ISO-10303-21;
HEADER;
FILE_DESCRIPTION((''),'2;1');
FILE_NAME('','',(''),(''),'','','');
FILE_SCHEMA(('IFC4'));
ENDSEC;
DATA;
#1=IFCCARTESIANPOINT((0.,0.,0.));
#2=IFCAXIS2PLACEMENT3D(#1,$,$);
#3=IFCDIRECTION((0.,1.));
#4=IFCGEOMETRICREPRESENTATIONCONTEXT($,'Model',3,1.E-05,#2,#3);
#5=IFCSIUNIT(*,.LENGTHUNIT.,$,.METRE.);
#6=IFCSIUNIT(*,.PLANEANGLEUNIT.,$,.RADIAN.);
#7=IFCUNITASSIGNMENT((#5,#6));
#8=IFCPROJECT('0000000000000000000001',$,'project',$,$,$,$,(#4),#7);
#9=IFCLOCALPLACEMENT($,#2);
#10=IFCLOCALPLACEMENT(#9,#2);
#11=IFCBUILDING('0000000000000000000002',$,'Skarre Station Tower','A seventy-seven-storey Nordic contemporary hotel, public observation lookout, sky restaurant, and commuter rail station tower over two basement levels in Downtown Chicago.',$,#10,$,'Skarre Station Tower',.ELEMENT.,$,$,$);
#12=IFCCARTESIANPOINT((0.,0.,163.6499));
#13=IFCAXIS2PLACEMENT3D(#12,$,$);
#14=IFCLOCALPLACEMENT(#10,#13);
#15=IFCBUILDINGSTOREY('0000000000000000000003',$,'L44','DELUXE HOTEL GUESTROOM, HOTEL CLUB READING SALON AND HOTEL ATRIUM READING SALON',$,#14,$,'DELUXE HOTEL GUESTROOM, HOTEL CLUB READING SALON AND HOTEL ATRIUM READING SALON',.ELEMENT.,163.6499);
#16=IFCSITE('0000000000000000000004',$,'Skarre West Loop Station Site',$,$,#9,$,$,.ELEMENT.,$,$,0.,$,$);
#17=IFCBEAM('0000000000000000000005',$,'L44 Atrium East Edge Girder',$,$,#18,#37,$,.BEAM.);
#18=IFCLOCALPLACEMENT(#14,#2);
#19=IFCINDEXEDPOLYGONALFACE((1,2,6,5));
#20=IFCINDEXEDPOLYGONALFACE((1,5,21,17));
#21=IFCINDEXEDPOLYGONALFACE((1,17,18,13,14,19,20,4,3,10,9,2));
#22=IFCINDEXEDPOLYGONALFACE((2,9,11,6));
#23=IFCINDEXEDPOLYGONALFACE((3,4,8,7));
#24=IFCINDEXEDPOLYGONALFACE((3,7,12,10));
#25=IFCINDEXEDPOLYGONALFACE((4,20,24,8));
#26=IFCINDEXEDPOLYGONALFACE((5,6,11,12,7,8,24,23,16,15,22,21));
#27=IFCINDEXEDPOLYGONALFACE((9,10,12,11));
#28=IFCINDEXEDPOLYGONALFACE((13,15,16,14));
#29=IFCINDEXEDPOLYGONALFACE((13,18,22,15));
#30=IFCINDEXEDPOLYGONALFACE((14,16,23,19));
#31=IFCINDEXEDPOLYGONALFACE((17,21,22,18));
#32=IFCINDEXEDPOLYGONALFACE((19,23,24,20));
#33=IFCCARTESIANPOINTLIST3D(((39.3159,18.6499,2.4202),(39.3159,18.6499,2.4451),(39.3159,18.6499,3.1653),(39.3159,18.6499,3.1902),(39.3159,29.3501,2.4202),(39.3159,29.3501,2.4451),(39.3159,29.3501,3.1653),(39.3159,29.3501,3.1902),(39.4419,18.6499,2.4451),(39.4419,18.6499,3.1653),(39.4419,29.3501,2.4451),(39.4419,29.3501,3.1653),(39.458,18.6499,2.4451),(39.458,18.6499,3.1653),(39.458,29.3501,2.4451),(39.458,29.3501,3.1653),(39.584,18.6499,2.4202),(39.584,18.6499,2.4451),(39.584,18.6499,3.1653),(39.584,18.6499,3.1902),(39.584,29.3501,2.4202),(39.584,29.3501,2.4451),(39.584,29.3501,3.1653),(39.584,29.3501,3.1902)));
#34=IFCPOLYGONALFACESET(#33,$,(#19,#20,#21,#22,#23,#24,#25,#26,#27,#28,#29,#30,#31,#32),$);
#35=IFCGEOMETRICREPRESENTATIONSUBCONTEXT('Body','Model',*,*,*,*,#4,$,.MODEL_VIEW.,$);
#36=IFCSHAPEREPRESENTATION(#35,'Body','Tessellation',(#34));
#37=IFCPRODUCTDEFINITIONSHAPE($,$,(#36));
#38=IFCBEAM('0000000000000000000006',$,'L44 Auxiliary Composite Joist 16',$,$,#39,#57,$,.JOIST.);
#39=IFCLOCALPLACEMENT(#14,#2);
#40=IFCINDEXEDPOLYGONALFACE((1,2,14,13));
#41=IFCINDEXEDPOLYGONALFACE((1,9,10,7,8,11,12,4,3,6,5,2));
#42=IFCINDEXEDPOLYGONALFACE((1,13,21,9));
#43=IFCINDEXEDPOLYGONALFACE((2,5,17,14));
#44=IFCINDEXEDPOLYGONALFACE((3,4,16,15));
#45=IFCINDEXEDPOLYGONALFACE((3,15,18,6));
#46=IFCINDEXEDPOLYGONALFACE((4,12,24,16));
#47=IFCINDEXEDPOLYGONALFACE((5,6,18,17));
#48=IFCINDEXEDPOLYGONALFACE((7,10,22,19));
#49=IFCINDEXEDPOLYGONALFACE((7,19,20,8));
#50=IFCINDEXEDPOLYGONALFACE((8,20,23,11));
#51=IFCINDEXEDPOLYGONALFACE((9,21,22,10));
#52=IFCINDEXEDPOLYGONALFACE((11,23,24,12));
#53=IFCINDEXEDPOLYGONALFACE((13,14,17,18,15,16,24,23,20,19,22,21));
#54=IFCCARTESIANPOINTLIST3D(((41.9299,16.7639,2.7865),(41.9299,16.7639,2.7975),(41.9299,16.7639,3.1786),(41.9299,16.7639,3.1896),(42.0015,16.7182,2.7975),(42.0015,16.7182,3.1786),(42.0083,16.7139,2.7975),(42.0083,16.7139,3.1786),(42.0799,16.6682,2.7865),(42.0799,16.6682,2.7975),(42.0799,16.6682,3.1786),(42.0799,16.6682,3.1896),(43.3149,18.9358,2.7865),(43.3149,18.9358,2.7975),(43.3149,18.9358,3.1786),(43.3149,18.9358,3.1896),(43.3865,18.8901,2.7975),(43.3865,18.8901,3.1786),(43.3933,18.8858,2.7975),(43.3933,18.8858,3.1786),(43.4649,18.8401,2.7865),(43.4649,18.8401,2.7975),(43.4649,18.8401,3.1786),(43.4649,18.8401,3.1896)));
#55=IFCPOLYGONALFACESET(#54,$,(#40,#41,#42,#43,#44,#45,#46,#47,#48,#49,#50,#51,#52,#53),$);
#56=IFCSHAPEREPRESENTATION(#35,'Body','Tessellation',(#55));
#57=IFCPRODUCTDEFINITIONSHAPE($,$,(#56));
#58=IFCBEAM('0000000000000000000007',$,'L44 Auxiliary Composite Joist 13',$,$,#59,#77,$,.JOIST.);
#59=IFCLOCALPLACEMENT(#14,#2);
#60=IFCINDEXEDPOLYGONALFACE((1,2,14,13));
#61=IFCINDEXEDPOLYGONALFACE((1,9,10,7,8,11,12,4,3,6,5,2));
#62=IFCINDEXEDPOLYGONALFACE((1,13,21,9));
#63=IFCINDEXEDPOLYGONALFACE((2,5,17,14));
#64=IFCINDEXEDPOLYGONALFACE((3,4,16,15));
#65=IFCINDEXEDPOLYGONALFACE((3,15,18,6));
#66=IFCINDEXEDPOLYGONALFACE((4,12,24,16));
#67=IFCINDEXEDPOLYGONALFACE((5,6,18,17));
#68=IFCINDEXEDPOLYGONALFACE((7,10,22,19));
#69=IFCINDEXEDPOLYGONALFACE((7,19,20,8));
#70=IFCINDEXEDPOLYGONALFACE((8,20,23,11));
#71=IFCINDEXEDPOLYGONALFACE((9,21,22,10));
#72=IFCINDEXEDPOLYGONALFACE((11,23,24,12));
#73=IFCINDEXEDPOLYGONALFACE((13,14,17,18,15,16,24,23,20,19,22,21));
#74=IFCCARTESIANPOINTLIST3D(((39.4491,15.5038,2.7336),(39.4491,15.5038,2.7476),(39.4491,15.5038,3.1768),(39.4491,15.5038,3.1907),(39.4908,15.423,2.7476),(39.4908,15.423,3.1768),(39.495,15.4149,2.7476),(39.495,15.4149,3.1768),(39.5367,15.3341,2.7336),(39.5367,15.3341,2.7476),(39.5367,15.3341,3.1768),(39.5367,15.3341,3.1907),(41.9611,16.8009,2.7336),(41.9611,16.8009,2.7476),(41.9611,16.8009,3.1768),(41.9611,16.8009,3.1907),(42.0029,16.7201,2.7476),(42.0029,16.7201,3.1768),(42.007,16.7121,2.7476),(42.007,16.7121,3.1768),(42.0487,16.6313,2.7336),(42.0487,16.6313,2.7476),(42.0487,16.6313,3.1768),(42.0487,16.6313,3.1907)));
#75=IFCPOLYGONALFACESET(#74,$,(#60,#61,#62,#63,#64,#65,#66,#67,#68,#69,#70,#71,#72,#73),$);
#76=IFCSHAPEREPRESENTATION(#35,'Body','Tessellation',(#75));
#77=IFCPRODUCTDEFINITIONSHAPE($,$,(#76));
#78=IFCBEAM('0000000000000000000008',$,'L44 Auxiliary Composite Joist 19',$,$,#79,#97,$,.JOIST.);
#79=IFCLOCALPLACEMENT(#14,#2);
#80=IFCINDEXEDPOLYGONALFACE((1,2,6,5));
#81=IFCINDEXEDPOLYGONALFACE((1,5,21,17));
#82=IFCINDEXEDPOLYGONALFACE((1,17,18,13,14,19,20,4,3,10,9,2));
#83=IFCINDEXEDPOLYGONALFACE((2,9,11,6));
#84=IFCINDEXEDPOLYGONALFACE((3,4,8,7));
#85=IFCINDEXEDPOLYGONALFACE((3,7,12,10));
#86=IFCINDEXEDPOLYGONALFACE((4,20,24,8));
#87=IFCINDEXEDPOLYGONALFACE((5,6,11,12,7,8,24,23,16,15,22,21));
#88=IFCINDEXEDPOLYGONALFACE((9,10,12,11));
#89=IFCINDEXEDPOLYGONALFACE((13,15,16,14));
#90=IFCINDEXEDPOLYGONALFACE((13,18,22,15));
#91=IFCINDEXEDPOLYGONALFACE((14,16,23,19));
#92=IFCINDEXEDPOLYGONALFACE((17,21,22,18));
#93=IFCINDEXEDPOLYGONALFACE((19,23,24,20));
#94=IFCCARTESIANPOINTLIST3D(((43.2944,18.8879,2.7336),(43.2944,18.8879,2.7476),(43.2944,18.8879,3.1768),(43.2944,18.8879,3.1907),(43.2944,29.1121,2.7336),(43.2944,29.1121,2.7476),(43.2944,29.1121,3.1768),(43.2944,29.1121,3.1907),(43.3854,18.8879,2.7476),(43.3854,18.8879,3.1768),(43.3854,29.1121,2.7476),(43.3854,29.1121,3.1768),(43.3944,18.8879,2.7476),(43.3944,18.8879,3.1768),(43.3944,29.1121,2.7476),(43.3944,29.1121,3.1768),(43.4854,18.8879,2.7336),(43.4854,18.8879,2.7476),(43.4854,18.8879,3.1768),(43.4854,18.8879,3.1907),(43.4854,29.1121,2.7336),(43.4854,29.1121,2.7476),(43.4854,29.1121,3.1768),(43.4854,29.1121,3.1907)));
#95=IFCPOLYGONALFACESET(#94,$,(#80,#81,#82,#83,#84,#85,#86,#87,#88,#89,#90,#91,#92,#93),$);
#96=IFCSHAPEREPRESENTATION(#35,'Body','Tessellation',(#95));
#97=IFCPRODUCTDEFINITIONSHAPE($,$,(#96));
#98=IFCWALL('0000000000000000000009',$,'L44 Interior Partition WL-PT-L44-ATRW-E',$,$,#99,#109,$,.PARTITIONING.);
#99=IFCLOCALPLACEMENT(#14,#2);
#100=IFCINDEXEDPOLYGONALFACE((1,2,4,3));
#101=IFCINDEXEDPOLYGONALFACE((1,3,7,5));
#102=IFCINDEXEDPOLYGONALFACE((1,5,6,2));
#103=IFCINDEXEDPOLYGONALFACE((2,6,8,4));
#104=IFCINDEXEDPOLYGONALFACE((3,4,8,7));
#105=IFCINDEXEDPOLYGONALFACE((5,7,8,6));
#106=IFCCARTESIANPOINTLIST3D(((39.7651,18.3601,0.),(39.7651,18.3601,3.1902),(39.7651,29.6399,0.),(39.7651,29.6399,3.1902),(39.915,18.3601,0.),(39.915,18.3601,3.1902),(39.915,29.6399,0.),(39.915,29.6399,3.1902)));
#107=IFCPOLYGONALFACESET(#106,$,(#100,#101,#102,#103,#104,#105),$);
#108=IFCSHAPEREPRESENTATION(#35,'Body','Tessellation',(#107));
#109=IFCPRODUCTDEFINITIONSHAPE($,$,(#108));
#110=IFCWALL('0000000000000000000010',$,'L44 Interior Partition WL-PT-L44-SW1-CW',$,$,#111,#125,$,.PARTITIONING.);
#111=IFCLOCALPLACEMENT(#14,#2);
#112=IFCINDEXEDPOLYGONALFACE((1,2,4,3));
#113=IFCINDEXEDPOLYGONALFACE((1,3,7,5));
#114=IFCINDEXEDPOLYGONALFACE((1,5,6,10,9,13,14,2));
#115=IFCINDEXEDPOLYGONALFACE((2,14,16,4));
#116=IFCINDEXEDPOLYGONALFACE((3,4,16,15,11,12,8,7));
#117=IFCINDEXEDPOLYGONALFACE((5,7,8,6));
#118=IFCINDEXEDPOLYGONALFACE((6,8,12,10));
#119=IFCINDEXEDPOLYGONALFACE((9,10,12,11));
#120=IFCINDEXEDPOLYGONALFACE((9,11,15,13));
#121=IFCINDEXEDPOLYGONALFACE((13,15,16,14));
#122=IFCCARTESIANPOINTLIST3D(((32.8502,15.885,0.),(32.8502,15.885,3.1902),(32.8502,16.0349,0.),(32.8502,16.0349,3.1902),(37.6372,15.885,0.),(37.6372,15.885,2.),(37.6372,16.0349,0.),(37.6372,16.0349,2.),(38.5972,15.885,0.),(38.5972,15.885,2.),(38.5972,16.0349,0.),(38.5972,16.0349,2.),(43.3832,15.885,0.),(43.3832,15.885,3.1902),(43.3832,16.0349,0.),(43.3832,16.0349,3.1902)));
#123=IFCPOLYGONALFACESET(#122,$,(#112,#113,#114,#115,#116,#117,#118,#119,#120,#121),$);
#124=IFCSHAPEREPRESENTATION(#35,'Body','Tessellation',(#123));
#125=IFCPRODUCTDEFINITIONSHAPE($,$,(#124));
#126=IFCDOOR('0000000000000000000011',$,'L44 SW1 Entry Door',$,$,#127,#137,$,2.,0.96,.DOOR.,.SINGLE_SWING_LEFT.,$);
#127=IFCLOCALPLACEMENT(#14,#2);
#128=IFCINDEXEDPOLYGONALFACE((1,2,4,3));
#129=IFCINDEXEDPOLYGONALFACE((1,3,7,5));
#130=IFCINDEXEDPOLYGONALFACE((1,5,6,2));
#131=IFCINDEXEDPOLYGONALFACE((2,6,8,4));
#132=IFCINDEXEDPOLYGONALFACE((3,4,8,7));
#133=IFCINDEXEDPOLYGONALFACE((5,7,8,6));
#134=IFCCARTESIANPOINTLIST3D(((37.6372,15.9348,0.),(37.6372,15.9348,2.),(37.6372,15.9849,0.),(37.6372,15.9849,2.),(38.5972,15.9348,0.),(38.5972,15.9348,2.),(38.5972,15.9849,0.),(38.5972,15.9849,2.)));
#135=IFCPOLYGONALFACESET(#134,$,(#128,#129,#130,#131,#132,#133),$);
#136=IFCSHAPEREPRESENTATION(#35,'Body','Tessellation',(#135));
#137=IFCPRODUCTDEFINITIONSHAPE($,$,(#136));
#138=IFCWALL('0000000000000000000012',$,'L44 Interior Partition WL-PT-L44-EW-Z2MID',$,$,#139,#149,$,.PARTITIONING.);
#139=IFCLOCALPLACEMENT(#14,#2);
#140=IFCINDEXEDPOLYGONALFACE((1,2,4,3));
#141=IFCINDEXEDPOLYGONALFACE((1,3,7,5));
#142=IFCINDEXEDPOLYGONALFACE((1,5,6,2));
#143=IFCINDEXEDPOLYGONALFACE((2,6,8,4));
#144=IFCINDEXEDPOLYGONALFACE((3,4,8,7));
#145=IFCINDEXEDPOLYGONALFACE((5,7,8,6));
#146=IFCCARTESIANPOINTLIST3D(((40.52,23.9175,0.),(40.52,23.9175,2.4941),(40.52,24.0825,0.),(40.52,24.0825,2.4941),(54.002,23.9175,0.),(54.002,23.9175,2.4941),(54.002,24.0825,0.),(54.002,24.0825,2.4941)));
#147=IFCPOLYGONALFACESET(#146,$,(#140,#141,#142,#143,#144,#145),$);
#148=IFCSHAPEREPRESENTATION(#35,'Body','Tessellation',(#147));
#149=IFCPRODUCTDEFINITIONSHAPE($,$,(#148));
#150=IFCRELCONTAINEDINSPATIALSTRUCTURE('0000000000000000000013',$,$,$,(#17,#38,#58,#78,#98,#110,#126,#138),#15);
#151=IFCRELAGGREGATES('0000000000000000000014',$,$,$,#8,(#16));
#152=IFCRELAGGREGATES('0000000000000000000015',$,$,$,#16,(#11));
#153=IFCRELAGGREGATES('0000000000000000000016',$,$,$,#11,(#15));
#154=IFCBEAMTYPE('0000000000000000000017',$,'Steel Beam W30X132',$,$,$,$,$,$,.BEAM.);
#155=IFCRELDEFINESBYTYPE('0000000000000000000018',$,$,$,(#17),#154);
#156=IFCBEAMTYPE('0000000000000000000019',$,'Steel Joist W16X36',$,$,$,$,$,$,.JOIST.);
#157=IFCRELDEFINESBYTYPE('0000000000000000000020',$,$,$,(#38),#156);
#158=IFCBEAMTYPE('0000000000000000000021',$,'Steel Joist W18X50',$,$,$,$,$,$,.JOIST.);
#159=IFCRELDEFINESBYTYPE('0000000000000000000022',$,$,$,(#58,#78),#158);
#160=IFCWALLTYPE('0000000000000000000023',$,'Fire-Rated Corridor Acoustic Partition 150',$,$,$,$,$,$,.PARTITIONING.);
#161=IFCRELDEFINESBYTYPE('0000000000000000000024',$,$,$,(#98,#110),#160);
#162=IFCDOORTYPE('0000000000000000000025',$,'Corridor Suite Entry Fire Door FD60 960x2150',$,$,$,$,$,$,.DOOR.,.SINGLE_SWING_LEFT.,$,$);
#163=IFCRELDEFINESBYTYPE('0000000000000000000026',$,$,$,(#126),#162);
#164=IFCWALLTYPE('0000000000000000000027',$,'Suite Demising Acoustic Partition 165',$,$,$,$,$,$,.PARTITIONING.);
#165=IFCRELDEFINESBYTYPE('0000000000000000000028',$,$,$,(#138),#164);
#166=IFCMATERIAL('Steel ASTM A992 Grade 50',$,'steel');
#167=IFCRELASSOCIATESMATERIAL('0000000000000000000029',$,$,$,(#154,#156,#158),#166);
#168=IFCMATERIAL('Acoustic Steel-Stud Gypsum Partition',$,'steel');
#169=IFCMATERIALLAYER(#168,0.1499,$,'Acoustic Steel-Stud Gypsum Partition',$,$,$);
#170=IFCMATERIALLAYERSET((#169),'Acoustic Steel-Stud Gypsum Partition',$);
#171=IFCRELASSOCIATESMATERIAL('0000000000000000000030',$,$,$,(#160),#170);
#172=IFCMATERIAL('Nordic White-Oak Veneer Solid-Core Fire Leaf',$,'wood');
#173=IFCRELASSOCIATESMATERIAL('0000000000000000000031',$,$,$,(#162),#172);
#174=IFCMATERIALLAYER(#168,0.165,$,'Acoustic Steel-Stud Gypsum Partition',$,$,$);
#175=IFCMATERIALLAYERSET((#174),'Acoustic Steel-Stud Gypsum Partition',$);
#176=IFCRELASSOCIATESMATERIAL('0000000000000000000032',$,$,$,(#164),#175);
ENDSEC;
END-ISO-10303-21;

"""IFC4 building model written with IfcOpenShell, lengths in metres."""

from ifc_helpers import new_model, si_unit, direction, frame, frame_2d, origin, origin_2d, place, context, subcontext, project, spatial, rectangle, i_section, extrude, material, layer, layer_set, material_profile, profile_set, type_object, element, fill, save


model = new_model("IFC4")

# Units and contexts
model_context = context("Model", 3, precision=1e-05, world=origin(), true_north=direction((0.0, 1.0)))
body_context = subcontext(model_context, "Body", "Model", "MODEL_VIEW")
ifc_project = project(units=[si_unit("LENGTHUNIT", "METRE"), si_unit("PLANEANGLEUNIT", "RADIAN")], contexts=[model_context])

# Site, building, storey
site_placement = place(None, origin())
site = spatial("IfcSite", under=ifc_project, at=site_placement, Name="Skarre West Loop Station Site", CompositionType="ELEMENT", RefElevation=0.0)
building_placement = place(site_placement, origin())
building = spatial("IfcBuilding", under=site, at=building_placement, Name="Skarre Station Tower", Description="A seventy-seven-storey Nordic contemporary hotel, public observation lookout, sky restaurant, and commuter rail station tower over two basement levels in Downtown Chicago.", LongName="Skarre Station Tower", CompositionType="ELEMENT")
storey_placement = place(building_placement, frame((0.0, 0.0, 163.6499)))
storey = spatial("IfcBuildingStorey", under=building, at=storey_placement, Name="L44", Description="DELUXE HOTEL GUESTROOM, HOTEL CLUB READING SALON AND HOTEL ATRIUM READING SALON", LongName="DELUXE HOTEL GUESTROOM, HOTEL CLUB READING SALON AND HOTEL ATRIUM READING SALON", CompositionType="ELEMENT", Elevation=163.6499)

# Beams
ifc_material_1 = material(Name="Steel ASTM A992 Grade 50", Category="steel")
ifc_material_profile_1 = material_profile(ifc_material_1, i_section(OverallWidth=0.2681, OverallDepth=0.77, WebThickness=0.0161, FlangeThickness=0.0249, at=origin_2d()), Name="Steel ASTM A992 Grade 50")
ifc_profile_set_1 = profile_set([ifc_material_profile_1], Name="Steel ASTM A992 Grade 50")
beam_type_1 = type_object("IfcBeamType", Name="Steel Beam W30X132", PredefinedType="BEAM", material=ifc_profile_set_1)
beam_1_placement = place(storey_placement, frame((39.45, 18.6499, 2.8052), z_axis=(0.0, 1.0, 0.0), x_axis=(-1.0, 0.0, 0.0)))
element("IfcBeam", 1, at=beam_1_placement, inside=storey, type_object=beam_type_1, Name="L44 Atrium East Edge Girder", PredefinedType="BEAM", context=body_context, shape_type="SweptSolid", body=[
    extrude(i_section(OverallWidth=0.2681, OverallDepth=0.77, WebThickness=0.0161, FlangeThickness=0.0249, at=origin_2d()), origin(), (0.0, 0.0, 1.0), 10.7002),
])
ifc_material_profile_2 = material_profile(ifc_material_1, i_section(OverallWidth=0.178, OverallDepth=0.4031, WebThickness=0.0081, FlangeThickness=0.011, at=origin_2d()), Name="Steel ASTM A992 Grade 50")
ifc_profile_set_2 = profile_set([ifc_material_profile_2], Name="Steel ASTM A992 Grade 50")
beam_type_2 = type_object("IfcBeamType", Name="Steel Joist W16X36", PredefinedType="JOIST", material=ifc_profile_set_2)
beam_2_placement = place(storey_placement, frame((42.0049, 16.7161, 2.988), z_axis=(0.537679, 0.84315, 0.0), x_axis=(-0.84315, 0.537679, 0.0)))
element("IfcBeam", 2, at=beam_2_placement, inside=storey, type_object=beam_type_2, Name="L44 Auxiliary Composite Joist 16", PredefinedType="JOIST", context=body_context, shape_type="SweptSolid", body=[
    extrude(i_section(OverallWidth=0.178, OverallDepth=0.4031, WebThickness=0.0081, FlangeThickness=0.011, at=origin_2d()), origin(), (0.0, 0.0, 1.0), 2.5759),
])
ifc_material_profile_3 = material_profile(ifc_material_1, i_section(OverallWidth=0.1909, OverallDepth=0.457, WebThickness=0.009, FlangeThickness=0.0139, at=origin_2d()), Name="Steel ASTM A992 Grade 50")
ifc_profile_set_3 = profile_set([ifc_material_profile_3], Name="Steel ASTM A992 Grade 50")
beam_type_3 = type_object("IfcBeamType", Name="Steel Joist W18X50", PredefinedType="JOIST", material=ifc_profile_set_3)
beam_3_placement = place(storey_placement, frame((39.4929, 15.4189, 2.9622), z_axis=(0.888531, 0.458817, 0.0), x_axis=(-0.458817, 0.888531, 0.0)))
element("IfcBeam", 3, at=beam_3_placement, inside=storey, type_object=beam_type_3, Name="L44 Auxiliary Composite Joist 13", PredefinedType="JOIST", context=body_context, shape_type="SweptSolid", body=[
    extrude(i_section(OverallWidth=0.1909, OverallDepth=0.457, WebThickness=0.009, FlangeThickness=0.0139, at=origin_2d()), origin(), (0.0, 0.0, 1.0), 2.8271),
])
beam_4_placement = place(storey_placement, frame((43.3899, 18.8879, 2.9622), z_axis=(0.0, 1.0, 0.0), x_axis=(-1.0, 0.0, 0.0)))
element("IfcBeam", 4, at=beam_4_placement, inside=storey, type_object=beam_type_3, Name="L44 Auxiliary Composite Joist 19", PredefinedType="JOIST", context=body_context, shape_type="SweptSolid", body=[
    extrude(i_section(OverallWidth=0.1909, OverallDepth=0.457, WebThickness=0.009, FlangeThickness=0.0139, at=origin_2d()), origin(), (0.0, 0.0, 1.0), 10.2241),
])

# Wall
ifc_material_2 = material(Name="Acoustic Steel-Stud Gypsum Partition", Category="steel")
ifc_layer_1 = layer(ifc_material_2, 0.1499, Name="Acoustic Steel-Stud Gypsum Partition")
ifc_layer_set_1 = layer_set([ifc_layer_1], Name="Acoustic Steel-Stud Gypsum Partition")
wall_type_1 = type_object("IfcWallType", Name="Fire-Rated Corridor Acoustic Partition 150", PredefinedType="PARTITIONING", material=ifc_layer_set_1)
wall_1_placement = place(storey_placement, frame((39.8401, 18.3601, 0.0), z_axis=(0.0, 0.0, 1.0), x_axis=(0.0, 1.0, 0.0)))
element("IfcWall", 5, at=wall_1_placement, inside=storey, type_object=wall_type_1, Name="L44 Interior Partition WL-PT-L44-ATRW-E", PredefinedType="PARTITIONING", context=body_context, shape_type="SweptSolid", body=[
    extrude(rectangle(XDim=11.2798, YDim=0.1499, at=frame_2d((5.6399, 0.0))), origin(), (0.0, 0.0, 1.0), 3.1902),
])

# Wall, opening, door
wall_2_placement = place(storey_placement, frame((32.8501, 15.96, 0.0), z_axis=(0.0, 0.0, 1.0), x_axis=(1.0, 0.0, 0.0)))
wall_2 = element("IfcWall", 6, at=wall_2_placement, inside=storey, type_object=wall_type_1, Name="L44 Interior Partition WL-PT-L44-SW1-CW", PredefinedType="PARTITIONING", context=body_context, shape_type="SweptSolid", body=[
    extrude(rectangle(XDim=10.533, YDim=0.1499, at=frame_2d((5.2666, 0.0))), origin(), (0.0, 0.0, 1.0), 3.1902),
])
opening_placement = place(wall_2_placement, frame((4.7871, 0.0, 0.0)))
opening = element("IfcOpeningElement", 7, at=opening_placement, cuts=wall_2, PredefinedType="OPENING", context=body_context, shape_type="SweptSolid", body=[
    extrude(rectangle(XDim=0.96, YDim=2.0, at=frame_2d((0.48, 1.0))), frame((0.0, 0.085, 0.0), z_axis=(0.0, -1.0, 0.0), x_axis=(1.0, 0.0, 0.0)), (0.0, 0.0, 1.0), 0.1699),
])
ifc_material_3 = material(Name="Nordic White-Oak Veneer Solid-Core Fire Leaf", Category="wood")
door_type = type_object("IfcDoorType", Name="Corridor Suite Entry Fire Door FD60 960x2150", OperationType="SINGLE_SWING_LEFT", PredefinedType="DOOR", material=ifc_material_3)
door_placement = place(opening_placement, origin())
door = element("IfcDoor", 8, at=door_placement, inside=storey, type_object=door_type, Name="L44 SW1 Entry Door", OperationType="SINGLE_SWING_LEFT", OverallHeight=2.0, OverallWidth=0.96, PredefinedType="DOOR", context=body_context, shape_type="SweptSolid", body=[
    extrude(rectangle(XDim=0.96, YDim=2.0, at=frame_2d((0.48, 1.0))), frame((0.0, 0.0249, 0.0), z_axis=(0.0, -1.0, 0.0), x_axis=(1.0, 0.0, 0.0)), (0.0, 0.0, 1.0), 0.05),
])
fill(opening, door)

# Wall
ifc_layer_2 = layer(ifc_material_2, 0.165, Name="Acoustic Steel-Stud Gypsum Partition")
ifc_layer_set_2 = layer_set([ifc_layer_2], Name="Acoustic Steel-Stud Gypsum Partition")
wall_type_2 = type_object("IfcWallType", Name="Suite Demising Acoustic Partition 165", PredefinedType="PARTITIONING", material=ifc_layer_set_2)
wall_3_placement = place(storey_placement, frame((40.52, 24.0, 0.0), z_axis=(0.0, 0.0, 1.0), x_axis=(1.0, 0.0, 0.0)))
element("IfcWall", 9, at=wall_3_placement, inside=storey, type_object=wall_type_2, Name="L44 Interior Partition WL-PT-L44-EW-Z2MID", PredefinedType="PARTITIONING", context=body_context, shape_type="SweptSolid", body=[
    extrude(rectangle(XDim=13.4819, YDim=0.165, at=frame_2d((6.741, 0.0))), origin(), (0.0, 0.0, 1.0), 2.4941),
])

save(model, "model.ifc")
